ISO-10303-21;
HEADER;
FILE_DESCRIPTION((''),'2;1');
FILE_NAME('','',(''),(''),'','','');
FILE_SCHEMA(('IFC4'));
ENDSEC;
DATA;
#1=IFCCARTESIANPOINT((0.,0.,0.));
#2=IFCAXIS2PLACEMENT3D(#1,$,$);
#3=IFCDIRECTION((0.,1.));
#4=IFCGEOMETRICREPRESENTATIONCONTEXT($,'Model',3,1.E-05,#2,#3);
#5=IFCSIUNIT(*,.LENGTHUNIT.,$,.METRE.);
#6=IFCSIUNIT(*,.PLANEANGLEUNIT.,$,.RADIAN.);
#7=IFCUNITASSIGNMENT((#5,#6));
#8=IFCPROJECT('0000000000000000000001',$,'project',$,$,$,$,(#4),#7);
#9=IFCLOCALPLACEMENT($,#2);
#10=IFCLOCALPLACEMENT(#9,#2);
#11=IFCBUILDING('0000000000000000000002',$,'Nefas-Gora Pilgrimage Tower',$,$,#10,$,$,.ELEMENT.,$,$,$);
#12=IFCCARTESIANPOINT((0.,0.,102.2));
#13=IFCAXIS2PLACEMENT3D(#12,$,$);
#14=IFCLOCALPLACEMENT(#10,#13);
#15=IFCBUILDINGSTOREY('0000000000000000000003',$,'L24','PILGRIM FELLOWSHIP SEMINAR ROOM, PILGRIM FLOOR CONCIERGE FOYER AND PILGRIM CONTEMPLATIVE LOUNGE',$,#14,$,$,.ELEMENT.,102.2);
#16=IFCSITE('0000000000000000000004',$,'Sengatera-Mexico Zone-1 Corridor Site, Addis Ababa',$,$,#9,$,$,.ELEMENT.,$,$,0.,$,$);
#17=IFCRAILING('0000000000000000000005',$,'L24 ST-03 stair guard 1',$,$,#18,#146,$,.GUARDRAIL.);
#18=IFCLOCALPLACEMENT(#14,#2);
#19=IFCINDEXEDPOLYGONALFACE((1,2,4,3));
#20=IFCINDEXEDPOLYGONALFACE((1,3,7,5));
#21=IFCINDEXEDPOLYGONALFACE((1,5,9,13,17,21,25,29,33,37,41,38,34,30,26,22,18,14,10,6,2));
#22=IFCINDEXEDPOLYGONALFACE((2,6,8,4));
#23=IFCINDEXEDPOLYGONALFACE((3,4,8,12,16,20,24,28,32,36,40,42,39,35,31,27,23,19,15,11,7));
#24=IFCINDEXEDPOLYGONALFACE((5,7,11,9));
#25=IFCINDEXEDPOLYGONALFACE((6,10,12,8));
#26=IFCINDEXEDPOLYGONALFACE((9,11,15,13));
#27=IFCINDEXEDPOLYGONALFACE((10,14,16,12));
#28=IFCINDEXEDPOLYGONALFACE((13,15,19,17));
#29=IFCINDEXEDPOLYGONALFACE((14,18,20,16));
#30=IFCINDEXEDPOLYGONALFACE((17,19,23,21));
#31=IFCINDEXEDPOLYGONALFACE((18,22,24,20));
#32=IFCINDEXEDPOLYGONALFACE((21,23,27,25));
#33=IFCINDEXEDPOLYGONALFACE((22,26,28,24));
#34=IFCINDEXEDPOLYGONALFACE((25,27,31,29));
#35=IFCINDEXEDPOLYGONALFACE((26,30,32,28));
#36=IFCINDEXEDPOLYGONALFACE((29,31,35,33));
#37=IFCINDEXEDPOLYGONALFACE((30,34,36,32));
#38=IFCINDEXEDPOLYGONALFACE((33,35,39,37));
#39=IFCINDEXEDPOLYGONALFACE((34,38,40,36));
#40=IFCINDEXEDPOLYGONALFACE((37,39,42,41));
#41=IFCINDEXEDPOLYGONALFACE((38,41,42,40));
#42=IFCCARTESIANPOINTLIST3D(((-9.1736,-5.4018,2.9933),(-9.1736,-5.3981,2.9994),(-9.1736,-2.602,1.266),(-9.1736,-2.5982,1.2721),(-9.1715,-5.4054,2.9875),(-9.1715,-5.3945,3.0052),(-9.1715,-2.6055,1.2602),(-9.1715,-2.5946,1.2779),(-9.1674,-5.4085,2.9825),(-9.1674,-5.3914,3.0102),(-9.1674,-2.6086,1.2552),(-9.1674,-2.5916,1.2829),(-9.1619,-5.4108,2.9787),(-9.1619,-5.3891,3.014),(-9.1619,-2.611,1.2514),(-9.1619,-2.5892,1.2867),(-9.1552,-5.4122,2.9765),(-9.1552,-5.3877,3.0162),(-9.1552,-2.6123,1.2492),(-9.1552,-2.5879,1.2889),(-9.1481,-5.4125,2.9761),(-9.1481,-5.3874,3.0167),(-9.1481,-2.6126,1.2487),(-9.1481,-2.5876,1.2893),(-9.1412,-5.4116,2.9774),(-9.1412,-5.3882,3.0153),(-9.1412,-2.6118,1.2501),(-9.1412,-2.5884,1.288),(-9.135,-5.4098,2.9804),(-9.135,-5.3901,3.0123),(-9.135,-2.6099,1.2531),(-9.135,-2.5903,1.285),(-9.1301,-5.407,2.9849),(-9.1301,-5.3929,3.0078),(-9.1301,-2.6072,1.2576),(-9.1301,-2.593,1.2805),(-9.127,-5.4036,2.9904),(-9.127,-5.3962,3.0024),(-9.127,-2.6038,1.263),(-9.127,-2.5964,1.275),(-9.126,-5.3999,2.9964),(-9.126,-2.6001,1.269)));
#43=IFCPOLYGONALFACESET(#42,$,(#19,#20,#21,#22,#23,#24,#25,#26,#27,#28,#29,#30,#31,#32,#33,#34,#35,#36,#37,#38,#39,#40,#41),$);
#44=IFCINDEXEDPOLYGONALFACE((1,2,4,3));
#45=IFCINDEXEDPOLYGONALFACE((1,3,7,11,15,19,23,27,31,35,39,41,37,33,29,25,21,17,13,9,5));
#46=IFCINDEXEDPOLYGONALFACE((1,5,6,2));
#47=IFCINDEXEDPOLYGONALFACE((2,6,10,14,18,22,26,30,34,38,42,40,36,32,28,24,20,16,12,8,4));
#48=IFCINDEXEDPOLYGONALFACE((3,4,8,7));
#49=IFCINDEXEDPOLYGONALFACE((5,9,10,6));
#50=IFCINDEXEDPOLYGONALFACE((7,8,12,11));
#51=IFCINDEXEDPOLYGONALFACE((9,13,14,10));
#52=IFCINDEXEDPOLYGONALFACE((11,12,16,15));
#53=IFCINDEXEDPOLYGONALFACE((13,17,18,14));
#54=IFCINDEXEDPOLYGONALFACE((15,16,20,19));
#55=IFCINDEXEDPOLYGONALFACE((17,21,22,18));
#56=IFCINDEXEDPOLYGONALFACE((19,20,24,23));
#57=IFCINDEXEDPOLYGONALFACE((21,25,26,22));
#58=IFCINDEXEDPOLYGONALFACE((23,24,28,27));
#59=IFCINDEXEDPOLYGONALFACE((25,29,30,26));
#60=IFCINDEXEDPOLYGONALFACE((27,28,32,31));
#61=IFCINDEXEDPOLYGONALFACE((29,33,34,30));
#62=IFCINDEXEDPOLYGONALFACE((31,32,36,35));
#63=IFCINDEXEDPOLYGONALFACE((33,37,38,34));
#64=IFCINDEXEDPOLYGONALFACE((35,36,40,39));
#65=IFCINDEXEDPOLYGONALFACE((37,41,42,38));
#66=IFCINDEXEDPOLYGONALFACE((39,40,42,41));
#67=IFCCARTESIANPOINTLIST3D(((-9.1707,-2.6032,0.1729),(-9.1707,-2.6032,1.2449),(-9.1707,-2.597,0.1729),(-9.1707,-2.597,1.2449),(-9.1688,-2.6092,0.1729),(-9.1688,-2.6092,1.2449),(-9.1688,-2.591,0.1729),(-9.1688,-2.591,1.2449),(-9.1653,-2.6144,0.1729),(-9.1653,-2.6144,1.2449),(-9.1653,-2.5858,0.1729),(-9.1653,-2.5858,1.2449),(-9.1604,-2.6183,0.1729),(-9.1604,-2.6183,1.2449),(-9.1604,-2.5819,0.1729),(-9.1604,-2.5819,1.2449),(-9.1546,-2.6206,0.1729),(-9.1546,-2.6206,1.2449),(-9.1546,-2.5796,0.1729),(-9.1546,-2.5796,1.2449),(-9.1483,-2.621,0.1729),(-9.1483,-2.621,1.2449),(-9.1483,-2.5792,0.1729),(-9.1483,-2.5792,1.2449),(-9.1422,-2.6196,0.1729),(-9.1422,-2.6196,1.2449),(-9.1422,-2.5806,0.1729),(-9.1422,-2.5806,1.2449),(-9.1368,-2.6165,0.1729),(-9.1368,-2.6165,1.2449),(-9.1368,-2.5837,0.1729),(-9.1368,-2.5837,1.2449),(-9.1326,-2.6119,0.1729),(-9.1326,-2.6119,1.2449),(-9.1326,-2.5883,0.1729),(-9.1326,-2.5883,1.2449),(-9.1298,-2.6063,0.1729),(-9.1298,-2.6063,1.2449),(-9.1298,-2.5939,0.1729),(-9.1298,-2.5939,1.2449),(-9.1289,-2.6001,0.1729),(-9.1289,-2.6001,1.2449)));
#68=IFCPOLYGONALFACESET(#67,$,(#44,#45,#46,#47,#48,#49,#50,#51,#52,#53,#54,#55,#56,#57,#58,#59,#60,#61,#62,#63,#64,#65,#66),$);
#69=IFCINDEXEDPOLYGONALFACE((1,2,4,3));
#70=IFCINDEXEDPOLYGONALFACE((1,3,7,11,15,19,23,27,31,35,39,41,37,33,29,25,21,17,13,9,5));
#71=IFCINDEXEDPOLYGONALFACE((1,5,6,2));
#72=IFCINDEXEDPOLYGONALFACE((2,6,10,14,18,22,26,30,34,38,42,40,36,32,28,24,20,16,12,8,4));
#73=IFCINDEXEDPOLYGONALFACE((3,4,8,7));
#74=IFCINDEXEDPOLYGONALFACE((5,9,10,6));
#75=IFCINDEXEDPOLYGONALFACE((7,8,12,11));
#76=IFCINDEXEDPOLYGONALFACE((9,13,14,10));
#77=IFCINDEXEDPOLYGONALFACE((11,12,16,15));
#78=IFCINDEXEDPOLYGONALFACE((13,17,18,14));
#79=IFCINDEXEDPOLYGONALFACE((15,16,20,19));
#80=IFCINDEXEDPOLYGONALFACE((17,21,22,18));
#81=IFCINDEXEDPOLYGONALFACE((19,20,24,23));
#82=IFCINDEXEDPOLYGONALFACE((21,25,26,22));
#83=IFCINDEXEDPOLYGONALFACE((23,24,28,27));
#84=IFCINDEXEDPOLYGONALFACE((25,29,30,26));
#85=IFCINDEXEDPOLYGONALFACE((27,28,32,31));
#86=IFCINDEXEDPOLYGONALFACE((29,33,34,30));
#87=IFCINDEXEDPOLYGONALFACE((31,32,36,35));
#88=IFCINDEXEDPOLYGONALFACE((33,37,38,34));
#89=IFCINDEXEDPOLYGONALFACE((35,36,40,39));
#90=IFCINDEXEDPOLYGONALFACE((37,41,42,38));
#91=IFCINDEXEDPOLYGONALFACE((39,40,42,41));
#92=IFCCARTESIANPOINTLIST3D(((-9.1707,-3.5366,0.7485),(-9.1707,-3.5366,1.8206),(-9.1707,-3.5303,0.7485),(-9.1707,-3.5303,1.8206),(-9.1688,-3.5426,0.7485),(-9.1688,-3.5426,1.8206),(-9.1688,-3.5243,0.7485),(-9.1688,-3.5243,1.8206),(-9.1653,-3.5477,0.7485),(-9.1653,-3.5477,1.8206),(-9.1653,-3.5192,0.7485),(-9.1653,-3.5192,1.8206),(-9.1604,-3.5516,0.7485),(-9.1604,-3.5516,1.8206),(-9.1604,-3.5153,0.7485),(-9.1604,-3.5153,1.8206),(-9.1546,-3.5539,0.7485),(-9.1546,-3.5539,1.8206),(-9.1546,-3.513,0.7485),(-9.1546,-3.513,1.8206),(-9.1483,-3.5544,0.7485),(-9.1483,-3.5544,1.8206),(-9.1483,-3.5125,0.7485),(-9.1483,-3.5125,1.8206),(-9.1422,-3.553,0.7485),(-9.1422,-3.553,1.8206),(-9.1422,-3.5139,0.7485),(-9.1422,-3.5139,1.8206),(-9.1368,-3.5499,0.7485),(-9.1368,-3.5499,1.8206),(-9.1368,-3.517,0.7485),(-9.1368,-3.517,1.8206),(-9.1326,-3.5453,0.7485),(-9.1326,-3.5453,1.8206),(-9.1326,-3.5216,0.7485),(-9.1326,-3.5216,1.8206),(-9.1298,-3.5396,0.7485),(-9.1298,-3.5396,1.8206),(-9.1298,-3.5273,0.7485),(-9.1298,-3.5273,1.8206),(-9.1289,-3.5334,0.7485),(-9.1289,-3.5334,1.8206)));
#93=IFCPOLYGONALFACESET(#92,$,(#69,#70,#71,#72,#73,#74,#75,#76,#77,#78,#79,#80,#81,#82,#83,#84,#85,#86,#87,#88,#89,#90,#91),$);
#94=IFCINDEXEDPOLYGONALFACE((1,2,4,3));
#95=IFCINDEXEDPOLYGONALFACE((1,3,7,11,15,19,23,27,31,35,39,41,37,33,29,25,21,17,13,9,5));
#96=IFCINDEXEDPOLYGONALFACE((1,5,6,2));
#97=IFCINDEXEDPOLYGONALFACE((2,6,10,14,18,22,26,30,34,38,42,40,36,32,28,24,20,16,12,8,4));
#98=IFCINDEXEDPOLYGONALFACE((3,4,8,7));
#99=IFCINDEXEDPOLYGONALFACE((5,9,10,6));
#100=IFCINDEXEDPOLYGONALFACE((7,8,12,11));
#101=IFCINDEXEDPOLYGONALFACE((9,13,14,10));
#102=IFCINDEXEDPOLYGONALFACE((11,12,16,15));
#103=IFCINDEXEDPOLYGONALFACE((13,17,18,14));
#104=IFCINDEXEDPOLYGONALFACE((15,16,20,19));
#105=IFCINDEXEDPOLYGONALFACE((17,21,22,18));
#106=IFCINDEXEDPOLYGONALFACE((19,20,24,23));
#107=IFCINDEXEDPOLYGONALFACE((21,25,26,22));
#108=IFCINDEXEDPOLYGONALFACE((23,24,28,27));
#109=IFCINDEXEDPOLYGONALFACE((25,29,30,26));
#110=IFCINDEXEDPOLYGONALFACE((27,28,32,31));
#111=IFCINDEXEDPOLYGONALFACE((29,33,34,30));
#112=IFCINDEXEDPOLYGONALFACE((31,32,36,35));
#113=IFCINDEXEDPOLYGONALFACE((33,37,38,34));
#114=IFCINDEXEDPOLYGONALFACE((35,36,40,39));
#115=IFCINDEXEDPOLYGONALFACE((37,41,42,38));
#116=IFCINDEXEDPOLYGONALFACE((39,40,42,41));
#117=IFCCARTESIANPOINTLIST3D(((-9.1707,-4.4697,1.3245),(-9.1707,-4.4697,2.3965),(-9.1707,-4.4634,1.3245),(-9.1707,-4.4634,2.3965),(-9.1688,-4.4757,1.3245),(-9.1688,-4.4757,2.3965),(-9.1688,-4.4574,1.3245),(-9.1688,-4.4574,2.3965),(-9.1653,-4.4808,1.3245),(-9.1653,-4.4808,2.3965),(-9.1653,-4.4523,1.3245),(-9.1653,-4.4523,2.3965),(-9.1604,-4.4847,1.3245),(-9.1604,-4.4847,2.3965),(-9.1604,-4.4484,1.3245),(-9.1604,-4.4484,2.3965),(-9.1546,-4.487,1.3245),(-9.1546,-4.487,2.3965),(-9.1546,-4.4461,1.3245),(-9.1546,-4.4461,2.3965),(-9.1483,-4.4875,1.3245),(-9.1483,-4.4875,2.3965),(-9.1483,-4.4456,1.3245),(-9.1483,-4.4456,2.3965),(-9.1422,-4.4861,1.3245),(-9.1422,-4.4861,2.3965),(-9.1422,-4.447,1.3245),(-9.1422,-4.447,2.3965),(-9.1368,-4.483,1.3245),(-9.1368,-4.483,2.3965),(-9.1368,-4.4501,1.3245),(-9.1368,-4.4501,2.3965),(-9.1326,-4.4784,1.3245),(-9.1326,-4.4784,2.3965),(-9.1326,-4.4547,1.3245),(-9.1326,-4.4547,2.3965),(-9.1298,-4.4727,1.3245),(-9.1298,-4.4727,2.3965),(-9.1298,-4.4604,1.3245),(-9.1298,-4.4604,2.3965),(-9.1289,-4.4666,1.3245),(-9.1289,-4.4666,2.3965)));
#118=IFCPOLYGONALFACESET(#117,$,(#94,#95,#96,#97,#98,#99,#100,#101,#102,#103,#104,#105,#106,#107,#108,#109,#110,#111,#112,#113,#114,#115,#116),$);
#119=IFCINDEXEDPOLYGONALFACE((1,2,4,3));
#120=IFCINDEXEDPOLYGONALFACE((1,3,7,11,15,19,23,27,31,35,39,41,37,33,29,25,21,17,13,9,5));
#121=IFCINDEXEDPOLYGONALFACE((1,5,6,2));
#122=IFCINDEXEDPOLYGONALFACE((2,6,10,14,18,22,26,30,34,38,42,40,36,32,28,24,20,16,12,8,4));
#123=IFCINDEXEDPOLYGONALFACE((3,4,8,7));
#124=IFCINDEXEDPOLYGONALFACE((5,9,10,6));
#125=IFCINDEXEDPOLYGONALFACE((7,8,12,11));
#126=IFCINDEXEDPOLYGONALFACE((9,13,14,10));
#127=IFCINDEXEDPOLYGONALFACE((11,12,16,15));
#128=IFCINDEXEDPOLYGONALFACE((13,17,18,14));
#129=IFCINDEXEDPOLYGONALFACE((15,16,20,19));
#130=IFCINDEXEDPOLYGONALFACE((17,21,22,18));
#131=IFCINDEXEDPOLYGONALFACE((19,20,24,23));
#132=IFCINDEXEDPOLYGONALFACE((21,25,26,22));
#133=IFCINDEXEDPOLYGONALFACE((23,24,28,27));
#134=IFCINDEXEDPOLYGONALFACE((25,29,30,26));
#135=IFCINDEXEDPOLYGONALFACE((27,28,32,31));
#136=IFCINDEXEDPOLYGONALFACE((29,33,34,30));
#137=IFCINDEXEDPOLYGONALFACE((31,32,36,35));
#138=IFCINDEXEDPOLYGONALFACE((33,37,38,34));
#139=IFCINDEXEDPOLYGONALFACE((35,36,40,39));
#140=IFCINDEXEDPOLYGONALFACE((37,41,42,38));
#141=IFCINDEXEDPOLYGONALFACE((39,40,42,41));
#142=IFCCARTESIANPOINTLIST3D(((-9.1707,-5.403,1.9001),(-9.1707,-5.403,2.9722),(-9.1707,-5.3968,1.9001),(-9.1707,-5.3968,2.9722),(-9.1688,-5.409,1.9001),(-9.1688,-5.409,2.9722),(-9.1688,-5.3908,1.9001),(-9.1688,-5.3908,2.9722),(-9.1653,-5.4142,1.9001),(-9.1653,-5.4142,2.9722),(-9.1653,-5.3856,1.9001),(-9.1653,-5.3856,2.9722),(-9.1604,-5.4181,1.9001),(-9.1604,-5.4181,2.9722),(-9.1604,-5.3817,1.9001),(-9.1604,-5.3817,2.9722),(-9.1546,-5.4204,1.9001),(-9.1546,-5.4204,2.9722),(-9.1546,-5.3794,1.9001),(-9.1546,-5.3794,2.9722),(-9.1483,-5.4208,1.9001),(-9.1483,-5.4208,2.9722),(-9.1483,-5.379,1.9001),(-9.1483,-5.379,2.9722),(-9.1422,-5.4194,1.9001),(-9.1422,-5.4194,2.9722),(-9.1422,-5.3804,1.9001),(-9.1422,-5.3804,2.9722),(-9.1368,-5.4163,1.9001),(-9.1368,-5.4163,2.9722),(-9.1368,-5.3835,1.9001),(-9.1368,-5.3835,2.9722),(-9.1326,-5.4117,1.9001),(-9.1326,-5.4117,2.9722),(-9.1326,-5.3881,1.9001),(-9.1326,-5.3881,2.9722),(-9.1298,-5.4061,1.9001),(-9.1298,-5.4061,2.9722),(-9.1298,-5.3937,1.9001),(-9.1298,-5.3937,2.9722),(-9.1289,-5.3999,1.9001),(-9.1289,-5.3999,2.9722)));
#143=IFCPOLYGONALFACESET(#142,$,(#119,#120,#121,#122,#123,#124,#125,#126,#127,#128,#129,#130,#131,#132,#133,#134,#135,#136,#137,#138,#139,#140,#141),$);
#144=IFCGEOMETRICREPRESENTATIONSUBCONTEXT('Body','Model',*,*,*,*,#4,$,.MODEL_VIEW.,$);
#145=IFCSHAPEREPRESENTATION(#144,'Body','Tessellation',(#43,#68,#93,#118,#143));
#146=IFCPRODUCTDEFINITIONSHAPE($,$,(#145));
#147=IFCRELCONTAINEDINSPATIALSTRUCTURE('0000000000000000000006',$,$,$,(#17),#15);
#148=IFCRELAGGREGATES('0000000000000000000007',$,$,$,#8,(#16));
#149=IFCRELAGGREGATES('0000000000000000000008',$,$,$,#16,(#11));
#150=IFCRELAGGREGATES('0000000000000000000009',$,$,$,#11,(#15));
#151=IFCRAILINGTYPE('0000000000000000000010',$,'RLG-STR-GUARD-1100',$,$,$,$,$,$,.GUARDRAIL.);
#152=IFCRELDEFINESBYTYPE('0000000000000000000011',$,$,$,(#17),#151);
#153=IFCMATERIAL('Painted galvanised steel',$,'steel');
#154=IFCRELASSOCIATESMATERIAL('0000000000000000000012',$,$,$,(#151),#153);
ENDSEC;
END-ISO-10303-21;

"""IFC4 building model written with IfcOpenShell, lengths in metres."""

from ifc_helpers import new_model, si_unit, direction, frame, origin, origin_2d, place, context, subcontext, project, spatial, circle, extrude, material, type_object, element, save


model = new_model("IFC4")

# Units and contexts
model_context = context("Model", 3, precision=1e-05, world=origin(), true_north=direction((0.0, 1.0)))
body_context = subcontext(model_context, "Body", "Model", "MODEL_VIEW")
ifc_project = project(units=[si_unit("LENGTHUNIT", "METRE"), si_unit("PLANEANGLEUNIT", "RADIAN")], contexts=[model_context])

# Site, building, storey
site_placement = place(None, origin())
site = spatial("IfcSite", under=ifc_project, at=site_placement, Name="Sengatera-Mexico Zone-1 Corridor Site, Addis Ababa", CompositionType="ELEMENT", RefElevation=0.0)
building_placement = place(site_placement, origin())
building = spatial("IfcBuilding", under=site, at=building_placement, Name="Nefas-Gora Pilgrimage Tower", CompositionType="ELEMENT")
storey_placement = place(building_placement, frame((0.0, 0.0, 102.2)))
storey = spatial("IfcBuildingStorey", under=building, at=storey_placement, Name="L24", Description="PILGRIM FELLOWSHIP SEMINAR ROOM, PILGRIM FLOOR CONCIERGE FOYER AND PILGRIM CONTEMPLATIVE LOUNGE", CompositionType="ELEMENT", Elevation=102.2)

# Railing
ifc_material_1 = material(Name="Painted galvanised steel", Category="steel")
railing_type_1 = type_object("IfcRailingType", Name="RLG-STR-GUARD-1100", PredefinedType="GUARDRAIL", material=ifc_material_1)
railing_1_placement = place(storey_placement, frame((-9.1499, -2.6001, 0.1729)))
element("IfcRailing", 1, at=railing_1_placement, inside=storey, type_object=railing_type_1, Name="L24 ST-03 stair guard 1", PredefinedType="GUARDRAIL", context=body_context, shape_type="SweptSolid", body=[
    extrude(circle(Radius=0.0239, at=origin_2d()), frame((0.0, 0.0, 1.0962), z_axis=(0.0, -0.851069, 0.525054), x_axis=(1.0, 0.0, 0.0)), (0.0, 0.0, 1.0), 3.2898),
    extrude(circle(Radius=0.021, at=origin_2d()), origin(), (0.0, 0.0, 1.0), 1.072),
    extrude(circle(Radius=0.021, at=origin_2d()), frame((0.0, -0.9333, 0.5757)), (0.0, 0.0, 1.0), 1.072),
    extrude(circle(Radius=0.021, at=origin_2d()), frame((0.0, -1.8665, 1.1516)), (0.0, 0.0, 1.0), 1.072),
    extrude(circle(Radius=0.021, at=origin_2d()), frame((0.0, -2.7998, 1.7273)), (0.0, 0.0, 1.0), 1.072),
])

save(model, "model.ifc")
